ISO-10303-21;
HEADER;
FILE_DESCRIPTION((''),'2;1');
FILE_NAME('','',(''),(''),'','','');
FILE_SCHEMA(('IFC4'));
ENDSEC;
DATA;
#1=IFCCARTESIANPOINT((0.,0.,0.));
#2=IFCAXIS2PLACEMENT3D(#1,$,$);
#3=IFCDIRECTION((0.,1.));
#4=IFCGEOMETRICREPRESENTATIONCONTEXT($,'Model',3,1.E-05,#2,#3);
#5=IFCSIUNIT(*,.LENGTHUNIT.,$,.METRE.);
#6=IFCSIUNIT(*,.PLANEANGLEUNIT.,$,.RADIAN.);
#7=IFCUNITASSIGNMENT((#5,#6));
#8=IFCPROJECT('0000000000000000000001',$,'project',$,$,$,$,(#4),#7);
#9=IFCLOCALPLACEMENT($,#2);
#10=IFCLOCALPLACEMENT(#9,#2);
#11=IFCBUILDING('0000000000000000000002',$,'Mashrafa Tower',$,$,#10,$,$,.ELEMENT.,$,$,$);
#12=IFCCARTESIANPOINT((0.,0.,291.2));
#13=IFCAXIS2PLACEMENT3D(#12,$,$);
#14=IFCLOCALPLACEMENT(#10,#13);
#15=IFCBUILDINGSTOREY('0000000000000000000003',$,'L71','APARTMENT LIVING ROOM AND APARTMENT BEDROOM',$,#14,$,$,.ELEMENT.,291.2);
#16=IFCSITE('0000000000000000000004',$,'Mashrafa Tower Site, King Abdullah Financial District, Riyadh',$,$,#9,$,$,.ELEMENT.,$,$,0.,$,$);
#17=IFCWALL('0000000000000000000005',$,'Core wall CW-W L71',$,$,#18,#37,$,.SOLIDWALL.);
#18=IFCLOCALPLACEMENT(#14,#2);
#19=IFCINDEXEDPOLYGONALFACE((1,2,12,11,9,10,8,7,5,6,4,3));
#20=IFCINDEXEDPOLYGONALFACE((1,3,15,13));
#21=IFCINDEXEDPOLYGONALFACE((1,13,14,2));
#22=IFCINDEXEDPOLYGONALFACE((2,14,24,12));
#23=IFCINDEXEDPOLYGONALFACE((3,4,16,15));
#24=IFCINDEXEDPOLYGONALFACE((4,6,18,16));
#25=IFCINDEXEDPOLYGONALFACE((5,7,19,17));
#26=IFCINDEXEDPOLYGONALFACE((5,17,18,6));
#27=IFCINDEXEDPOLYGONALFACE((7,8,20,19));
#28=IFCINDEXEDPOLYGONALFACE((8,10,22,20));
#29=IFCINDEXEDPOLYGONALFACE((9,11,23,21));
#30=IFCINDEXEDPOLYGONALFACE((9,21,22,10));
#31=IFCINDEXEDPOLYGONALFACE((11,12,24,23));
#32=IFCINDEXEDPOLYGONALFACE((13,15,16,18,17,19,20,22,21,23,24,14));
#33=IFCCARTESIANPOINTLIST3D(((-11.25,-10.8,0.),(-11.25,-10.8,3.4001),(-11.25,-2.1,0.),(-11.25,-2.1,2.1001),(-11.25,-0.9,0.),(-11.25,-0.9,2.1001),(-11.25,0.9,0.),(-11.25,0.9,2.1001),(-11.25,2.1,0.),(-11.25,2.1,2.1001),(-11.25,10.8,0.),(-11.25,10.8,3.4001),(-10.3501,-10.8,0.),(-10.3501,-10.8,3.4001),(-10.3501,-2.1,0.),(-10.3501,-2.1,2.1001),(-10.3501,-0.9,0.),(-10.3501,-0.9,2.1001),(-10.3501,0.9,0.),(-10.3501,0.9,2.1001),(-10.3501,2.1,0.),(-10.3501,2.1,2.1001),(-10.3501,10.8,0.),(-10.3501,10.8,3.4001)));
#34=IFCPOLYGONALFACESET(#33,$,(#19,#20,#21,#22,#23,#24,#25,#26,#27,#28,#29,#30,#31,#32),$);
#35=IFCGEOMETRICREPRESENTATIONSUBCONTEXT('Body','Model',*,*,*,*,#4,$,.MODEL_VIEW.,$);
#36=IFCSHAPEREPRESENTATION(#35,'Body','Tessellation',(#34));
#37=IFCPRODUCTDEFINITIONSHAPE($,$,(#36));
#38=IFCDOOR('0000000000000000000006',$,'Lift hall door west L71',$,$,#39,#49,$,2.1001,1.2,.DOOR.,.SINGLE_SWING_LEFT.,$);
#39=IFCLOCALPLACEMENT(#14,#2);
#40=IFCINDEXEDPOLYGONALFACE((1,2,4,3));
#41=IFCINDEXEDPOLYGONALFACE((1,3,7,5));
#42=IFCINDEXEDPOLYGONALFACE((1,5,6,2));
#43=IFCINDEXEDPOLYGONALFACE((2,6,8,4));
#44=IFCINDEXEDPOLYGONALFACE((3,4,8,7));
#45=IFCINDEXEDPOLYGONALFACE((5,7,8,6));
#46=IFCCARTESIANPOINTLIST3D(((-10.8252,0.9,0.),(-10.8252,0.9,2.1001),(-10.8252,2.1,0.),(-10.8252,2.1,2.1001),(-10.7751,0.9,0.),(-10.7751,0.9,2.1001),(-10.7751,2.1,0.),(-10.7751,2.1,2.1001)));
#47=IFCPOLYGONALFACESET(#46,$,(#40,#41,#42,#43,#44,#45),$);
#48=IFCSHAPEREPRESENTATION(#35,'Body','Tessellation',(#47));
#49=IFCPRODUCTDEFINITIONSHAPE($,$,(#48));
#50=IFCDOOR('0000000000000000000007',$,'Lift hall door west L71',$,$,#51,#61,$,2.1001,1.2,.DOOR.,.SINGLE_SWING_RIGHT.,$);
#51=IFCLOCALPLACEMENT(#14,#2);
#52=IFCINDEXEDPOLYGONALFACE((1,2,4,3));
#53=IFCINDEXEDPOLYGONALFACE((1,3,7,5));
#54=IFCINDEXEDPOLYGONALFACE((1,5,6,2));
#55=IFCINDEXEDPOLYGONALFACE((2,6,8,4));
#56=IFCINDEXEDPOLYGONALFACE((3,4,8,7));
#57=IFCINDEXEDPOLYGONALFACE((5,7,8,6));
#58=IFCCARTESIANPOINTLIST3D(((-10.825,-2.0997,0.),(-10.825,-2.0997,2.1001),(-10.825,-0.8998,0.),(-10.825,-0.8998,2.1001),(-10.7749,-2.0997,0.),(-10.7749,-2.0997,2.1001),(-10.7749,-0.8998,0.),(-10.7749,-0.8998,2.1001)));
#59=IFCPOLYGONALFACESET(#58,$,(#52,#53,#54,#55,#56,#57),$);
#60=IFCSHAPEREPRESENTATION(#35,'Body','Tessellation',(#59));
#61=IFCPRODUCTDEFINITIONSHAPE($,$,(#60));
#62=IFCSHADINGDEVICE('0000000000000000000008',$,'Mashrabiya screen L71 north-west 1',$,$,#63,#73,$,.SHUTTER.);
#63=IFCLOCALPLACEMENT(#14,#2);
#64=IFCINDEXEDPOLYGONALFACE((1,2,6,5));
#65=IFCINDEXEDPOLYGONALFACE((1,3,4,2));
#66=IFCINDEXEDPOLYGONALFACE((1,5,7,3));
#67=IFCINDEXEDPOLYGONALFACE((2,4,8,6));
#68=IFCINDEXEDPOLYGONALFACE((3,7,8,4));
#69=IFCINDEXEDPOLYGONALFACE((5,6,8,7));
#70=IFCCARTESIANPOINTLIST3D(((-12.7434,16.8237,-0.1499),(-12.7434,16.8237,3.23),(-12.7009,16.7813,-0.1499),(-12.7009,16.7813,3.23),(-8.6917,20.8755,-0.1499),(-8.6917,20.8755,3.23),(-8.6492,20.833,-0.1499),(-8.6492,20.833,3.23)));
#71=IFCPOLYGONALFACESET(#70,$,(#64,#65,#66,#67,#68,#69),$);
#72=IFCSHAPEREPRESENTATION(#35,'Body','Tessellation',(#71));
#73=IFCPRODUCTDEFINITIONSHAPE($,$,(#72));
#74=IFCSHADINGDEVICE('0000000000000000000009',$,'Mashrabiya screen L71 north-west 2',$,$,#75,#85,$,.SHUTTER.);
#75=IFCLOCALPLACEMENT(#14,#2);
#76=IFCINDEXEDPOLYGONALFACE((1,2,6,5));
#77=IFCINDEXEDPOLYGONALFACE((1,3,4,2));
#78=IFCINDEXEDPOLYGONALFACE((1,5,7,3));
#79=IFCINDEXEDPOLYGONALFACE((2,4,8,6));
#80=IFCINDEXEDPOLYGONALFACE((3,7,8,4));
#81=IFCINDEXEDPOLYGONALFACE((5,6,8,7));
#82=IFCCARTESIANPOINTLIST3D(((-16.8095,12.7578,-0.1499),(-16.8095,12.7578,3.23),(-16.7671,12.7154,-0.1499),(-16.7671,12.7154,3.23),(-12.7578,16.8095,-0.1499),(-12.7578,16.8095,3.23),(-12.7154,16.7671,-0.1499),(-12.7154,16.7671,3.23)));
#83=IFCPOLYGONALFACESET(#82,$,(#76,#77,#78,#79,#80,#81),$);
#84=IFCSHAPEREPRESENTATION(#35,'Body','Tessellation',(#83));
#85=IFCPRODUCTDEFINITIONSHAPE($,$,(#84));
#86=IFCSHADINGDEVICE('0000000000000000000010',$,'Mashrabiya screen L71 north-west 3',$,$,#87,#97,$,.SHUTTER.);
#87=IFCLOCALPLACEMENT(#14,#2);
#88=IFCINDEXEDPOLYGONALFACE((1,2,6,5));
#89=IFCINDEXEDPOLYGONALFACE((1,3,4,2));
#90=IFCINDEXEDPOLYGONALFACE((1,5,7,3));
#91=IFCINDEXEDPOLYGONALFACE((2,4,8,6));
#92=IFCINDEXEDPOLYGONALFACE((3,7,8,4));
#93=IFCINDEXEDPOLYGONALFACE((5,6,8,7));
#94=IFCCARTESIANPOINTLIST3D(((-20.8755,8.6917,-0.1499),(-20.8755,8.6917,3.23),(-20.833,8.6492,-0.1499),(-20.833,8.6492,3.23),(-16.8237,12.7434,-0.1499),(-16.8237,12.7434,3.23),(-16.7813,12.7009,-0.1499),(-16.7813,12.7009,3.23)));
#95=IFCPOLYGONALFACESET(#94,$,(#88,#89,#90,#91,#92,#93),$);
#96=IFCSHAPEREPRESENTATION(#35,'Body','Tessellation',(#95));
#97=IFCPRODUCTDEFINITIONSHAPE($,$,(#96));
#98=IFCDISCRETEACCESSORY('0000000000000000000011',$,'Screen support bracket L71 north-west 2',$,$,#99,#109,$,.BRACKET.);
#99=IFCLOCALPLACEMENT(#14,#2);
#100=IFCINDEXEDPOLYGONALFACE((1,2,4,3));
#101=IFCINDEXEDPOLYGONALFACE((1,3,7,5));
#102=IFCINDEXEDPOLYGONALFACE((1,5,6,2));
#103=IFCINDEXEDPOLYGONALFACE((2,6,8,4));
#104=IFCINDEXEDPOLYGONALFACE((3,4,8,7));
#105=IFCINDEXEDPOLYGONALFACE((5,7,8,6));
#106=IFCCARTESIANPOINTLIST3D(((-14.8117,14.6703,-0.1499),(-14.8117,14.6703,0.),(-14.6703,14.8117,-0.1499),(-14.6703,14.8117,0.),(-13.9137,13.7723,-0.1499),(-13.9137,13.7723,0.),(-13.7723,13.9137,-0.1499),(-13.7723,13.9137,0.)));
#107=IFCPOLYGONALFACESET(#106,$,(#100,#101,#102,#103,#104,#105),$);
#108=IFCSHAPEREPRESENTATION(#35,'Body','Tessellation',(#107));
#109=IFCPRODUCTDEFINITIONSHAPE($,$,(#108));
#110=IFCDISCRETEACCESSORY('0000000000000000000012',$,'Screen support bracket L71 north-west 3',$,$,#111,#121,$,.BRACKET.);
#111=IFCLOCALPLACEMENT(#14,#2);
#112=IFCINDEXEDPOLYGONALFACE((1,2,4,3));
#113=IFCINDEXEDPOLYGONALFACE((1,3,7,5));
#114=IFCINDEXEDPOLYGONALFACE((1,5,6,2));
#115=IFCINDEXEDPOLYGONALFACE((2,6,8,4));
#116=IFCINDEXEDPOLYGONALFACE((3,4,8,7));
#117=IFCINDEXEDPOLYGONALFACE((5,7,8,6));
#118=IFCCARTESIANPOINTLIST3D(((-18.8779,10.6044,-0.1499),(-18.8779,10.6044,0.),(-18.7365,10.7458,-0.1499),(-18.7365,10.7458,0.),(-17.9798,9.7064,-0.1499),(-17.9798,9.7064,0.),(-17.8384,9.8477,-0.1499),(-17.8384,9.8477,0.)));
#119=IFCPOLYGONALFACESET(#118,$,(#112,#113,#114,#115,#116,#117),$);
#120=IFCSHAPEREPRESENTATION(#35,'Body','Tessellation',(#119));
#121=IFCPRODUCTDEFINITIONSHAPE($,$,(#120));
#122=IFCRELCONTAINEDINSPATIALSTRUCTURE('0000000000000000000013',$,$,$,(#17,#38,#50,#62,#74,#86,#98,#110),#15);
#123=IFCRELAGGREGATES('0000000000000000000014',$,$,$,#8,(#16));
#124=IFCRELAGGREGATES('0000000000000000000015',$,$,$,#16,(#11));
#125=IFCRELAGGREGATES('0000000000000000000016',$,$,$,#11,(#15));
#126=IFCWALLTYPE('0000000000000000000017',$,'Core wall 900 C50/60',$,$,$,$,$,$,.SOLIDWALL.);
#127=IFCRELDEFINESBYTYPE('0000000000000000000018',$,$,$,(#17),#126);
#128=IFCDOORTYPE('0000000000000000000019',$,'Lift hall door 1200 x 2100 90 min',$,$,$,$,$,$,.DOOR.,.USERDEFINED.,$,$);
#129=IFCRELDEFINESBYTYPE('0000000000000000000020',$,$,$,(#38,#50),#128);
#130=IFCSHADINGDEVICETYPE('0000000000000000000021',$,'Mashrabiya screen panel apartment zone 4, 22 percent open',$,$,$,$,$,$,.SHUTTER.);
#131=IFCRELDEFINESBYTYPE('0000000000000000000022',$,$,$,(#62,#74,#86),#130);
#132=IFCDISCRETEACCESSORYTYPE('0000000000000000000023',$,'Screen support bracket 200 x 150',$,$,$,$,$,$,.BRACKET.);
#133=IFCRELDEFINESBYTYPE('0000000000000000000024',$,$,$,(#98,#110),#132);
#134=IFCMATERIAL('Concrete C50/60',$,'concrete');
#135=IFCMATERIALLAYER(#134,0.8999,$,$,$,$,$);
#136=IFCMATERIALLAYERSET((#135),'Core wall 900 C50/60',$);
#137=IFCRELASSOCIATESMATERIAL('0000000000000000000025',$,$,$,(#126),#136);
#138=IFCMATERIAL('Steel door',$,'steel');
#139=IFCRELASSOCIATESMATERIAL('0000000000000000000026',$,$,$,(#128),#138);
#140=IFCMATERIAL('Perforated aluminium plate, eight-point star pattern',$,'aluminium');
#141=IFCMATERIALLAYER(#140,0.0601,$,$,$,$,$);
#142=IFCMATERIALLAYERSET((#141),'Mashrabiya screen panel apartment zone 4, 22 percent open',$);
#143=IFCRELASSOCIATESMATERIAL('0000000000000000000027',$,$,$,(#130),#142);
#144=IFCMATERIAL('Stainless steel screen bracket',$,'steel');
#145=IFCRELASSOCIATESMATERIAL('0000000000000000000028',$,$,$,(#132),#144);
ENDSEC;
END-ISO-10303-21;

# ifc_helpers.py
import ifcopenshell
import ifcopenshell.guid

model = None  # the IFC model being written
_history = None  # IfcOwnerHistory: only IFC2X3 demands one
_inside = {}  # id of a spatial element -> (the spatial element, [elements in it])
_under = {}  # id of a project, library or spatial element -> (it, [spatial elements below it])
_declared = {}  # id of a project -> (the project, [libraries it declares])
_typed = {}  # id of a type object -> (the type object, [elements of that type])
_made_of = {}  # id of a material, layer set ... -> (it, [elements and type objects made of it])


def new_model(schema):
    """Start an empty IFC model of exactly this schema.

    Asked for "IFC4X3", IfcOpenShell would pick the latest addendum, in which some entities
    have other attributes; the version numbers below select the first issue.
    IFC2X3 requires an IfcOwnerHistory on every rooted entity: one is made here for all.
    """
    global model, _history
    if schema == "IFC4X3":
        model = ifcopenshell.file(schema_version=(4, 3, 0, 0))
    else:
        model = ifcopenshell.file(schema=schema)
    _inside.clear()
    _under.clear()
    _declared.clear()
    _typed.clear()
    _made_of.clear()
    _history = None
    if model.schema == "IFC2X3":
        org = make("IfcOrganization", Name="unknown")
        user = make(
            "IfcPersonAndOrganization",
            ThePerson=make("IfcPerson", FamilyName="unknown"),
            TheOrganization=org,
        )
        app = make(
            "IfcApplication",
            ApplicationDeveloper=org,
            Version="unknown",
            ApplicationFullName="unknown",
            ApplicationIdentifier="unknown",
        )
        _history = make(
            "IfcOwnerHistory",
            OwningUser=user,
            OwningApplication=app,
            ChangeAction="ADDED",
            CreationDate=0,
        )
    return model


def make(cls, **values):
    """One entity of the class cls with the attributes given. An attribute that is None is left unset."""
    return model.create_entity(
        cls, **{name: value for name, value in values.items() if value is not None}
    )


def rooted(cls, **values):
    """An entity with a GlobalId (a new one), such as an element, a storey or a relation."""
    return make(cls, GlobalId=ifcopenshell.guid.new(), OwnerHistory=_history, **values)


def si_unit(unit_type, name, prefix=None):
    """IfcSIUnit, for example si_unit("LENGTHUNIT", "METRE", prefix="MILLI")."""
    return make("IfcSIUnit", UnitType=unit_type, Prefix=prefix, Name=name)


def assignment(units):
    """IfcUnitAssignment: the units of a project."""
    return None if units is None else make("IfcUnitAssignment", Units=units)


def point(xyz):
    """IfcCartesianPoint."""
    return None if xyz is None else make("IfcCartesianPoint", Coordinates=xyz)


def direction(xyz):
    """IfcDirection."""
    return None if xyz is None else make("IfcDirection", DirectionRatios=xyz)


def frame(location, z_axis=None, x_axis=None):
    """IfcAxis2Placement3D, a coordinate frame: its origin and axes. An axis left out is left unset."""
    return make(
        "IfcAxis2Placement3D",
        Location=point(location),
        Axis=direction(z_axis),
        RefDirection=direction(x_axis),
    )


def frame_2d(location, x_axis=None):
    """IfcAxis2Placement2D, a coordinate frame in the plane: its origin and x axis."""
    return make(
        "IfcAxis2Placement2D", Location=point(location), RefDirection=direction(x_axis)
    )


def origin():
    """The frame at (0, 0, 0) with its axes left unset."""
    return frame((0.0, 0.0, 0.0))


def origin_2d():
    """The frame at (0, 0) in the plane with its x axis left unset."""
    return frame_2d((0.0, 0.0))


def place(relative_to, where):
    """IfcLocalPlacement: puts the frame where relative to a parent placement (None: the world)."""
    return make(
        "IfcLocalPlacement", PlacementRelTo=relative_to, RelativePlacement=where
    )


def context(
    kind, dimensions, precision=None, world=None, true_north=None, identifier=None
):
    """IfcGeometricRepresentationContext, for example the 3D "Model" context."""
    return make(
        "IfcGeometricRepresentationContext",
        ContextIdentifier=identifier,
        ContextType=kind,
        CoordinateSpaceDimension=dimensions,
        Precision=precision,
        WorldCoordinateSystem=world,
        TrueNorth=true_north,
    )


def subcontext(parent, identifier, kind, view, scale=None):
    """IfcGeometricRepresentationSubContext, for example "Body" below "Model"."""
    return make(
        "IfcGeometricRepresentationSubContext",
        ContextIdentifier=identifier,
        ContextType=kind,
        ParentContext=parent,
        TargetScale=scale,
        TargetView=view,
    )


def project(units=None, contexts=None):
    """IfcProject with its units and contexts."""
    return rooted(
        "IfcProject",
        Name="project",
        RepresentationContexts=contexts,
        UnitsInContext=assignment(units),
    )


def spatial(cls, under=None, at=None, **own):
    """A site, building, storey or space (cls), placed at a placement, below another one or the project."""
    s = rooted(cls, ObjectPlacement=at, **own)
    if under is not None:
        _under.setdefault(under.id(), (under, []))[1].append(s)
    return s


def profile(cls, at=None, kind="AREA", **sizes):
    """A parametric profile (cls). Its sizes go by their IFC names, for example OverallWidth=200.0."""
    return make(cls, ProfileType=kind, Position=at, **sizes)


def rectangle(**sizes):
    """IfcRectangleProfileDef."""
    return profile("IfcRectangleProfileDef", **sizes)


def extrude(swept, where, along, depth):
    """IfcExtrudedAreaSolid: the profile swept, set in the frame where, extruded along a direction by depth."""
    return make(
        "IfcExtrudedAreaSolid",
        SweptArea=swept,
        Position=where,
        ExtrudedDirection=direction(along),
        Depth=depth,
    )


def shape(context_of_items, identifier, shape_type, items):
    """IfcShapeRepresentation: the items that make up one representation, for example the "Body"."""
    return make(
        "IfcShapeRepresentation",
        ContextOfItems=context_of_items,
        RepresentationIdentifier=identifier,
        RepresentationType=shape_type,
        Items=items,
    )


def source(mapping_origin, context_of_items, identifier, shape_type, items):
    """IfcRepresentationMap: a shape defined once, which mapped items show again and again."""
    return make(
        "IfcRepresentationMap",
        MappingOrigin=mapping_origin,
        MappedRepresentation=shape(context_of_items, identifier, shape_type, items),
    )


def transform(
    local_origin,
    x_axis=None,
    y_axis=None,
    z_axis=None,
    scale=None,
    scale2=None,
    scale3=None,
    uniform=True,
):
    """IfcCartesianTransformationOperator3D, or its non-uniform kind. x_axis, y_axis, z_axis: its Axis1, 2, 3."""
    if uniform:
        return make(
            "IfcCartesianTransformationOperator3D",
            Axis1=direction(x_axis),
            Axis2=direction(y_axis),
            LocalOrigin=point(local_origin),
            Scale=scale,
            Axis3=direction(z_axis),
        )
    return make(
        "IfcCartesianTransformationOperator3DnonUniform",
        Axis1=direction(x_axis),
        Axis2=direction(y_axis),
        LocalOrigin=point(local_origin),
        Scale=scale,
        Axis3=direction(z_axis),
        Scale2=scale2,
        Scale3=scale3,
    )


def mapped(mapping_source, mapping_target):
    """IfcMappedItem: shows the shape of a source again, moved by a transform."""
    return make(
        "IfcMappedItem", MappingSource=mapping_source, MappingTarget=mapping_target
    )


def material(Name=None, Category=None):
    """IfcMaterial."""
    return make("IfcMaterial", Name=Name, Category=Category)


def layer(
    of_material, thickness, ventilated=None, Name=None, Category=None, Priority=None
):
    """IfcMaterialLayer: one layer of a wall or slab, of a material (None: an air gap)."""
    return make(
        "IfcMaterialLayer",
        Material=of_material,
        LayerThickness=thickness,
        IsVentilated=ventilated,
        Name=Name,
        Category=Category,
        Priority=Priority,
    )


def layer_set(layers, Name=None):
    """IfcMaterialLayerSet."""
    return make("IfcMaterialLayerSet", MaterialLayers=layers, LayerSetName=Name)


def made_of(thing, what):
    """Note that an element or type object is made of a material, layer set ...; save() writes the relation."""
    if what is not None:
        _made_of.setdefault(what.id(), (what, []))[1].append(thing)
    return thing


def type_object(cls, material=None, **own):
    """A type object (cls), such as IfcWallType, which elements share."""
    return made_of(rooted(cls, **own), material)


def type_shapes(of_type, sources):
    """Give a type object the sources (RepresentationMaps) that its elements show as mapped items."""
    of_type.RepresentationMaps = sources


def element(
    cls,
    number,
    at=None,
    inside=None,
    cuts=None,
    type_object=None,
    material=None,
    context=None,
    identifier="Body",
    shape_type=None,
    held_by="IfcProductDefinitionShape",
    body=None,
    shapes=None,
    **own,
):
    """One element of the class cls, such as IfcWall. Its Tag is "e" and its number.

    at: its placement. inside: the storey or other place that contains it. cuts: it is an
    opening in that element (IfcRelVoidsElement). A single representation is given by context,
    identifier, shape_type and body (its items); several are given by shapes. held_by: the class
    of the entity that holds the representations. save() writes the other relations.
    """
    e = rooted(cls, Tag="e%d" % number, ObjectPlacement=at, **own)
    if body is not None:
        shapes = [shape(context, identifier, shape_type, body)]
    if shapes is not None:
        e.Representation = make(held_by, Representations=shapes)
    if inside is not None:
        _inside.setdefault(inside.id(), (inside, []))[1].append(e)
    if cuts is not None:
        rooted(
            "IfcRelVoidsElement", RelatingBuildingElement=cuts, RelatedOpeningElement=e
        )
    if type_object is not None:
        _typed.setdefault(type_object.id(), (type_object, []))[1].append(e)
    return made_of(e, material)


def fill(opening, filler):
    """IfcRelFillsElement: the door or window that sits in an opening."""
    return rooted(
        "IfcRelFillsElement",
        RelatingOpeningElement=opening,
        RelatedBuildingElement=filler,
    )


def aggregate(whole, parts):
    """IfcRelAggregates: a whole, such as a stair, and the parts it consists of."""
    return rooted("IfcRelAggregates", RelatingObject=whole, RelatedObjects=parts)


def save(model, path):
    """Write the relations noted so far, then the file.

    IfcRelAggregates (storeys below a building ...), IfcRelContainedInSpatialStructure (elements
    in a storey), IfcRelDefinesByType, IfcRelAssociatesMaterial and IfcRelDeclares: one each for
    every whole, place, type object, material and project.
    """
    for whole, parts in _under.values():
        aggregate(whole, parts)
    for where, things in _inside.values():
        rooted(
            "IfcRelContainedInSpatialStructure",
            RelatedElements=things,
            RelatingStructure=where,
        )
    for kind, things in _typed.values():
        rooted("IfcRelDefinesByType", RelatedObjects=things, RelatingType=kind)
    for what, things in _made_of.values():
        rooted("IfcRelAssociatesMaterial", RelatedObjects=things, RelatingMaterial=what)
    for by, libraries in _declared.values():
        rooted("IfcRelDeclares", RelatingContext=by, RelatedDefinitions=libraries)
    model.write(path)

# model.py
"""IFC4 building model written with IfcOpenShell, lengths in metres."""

from ifc_helpers import new_model, si_unit, direction, frame, frame_2d, origin, origin_2d, place, context, subcontext, project, spatial, rectangle, extrude, source, transform, mapped, material, layer, layer_set, type_object, type_shapes, element, fill, save


model = new_model("IFC4")

# Units and contexts
model_context = context("Model", 3, precision=1e-05, world=origin(), true_north=direction((0.0, 1.0)))
body_context = subcontext(model_context, "Body", "Model", "MODEL_VIEW")
ifc_project = project(units=[si_unit("LENGTHUNIT", "METRE"), si_unit("PLANEANGLEUNIT", "RADIAN")], contexts=[model_context])

# Site, building, storey
site_placement = place(None, origin())
site = spatial("IfcSite", under=ifc_project, at=site_placement, Name="Mashrafa Tower Site, King Abdullah Financial District, Riyadh", CompositionType="ELEMENT", RefElevation=0.0)
building_placement = place(site_placement, origin())
building = spatial("IfcBuilding", under=site, at=building_placement, Name="Mashrafa Tower", CompositionType="ELEMENT")
storey_placement = place(building_placement, frame((0.0, 0.0, 291.2)))
storey = spatial("IfcBuildingStorey", under=building, at=storey_placement, Name="L71", Description="APARTMENT LIVING ROOM AND APARTMENT BEDROOM", CompositionType="ELEMENT", Elevation=291.2)

# Wall, openings, doors
ifc_material_1 = material(Name="Concrete C50/60", Category="concrete")
ifc_layer_1 = layer(ifc_material_1, 0.8999)
ifc_layer_set_1 = layer_set([ifc_layer_1], Name="Core wall 900 C50/60")
wall_type_1 = type_object("IfcWallType", Name="Core wall 900 C50/60", PredefinedType="SOLIDWALL", material=ifc_layer_set_1)
wall_1_placement = place(storey_placement, frame((-10.8, 10.8, 0.0), z_axis=(0.0, 0.0, 1.0), x_axis=(0.0, -1.0, 0.0)))
wall_1 = element("IfcWall", 1, at=wall_1_placement, inside=storey, type_object=wall_type_1, Name="Core wall CW-W L71", PredefinedType="SOLIDWALL", context=body_context, shape_type="SweptSolid", body=[
    extrude(rectangle(XDim=21.6001, YDim=0.8999, at=frame_2d((10.8, 0.0))), origin(), (0.0, 0.0, 1.0), 3.4001),
])
opening_1_placement = place(wall_1_placement, frame((8.7, 0.0, 0.0)))
opening_1 = element("IfcOpeningElement", 2, at=opening_1_placement, cuts=wall_1, PredefinedType="OPENING", context=body_context, shape_type="SweptSolid", body=[
    extrude(rectangle(XDim=1.2, YDim=2.1001, at=frame_2d((0.6001, 1.05))), frame((0.0, 0.46, 0.0), z_axis=(0.0, -1.0, 0.0), x_axis=(1.0, 0.0, 0.0)), (0.0, 0.0, 1.0), 0.9199),
])
opening_2_placement = place(wall_1_placement, frame((11.7, 0.0, 0.0)))
opening_2 = element("IfcOpeningElement", 3, at=opening_2_placement, cuts=wall_1, PredefinedType="OPENING", context=body_context, shape_type="SweptSolid", body=[
    extrude(rectangle(XDim=1.2, YDim=2.1001, at=frame_2d((0.6001, 1.05))), frame((0.0, 0.46, 0.0), z_axis=(0.0, -1.0, 0.0), x_axis=(1.0, 0.0, 0.0)), (0.0, 0.0, 1.0), 0.9199),
])
ifc_material_2 = material(Name="Steel door", Category="steel")
door_type = type_object("IfcDoorType", Name="Lift hall door 1200 x 2100 90 min", OperationType="USERDEFINED", PredefinedType="DOOR", material=ifc_material_2)
door_1_placement = place(opening_1_placement, origin())
door_1 = element("IfcDoor", 4, at=door_1_placement, inside=storey, type_object=door_type, Name="Lift hall door west L71", OperationType="SINGLE_SWING_LEFT", OverallHeight=2.1001, OverallWidth=1.2, PredefinedType="DOOR", context=body_context, shape_type="SweptSolid", body=[
    extrude(rectangle(XDim=1.2, YDim=2.1001, at=frame_2d((0.6001, 1.05))), frame((0.0, 0.0249, 0.0), z_axis=(0.0, -1.0, 0.0), x_axis=(1.0, 0.0, 0.0)), (0.0, 0.0, 1.0), 0.05),
])
fill(opening_1, door_1)
door_2_placement = place(opening_2_placement, frame((1.2, 0.0, 0.0), z_axis=(0.0, 0.0, 1.0), x_axis=(-1.0, 0.0, 0.0)))
door_2 = element("IfcDoor", 5, at=door_2_placement, inside=storey, type_object=door_type, Name="Lift hall door west L71", OperationType="SINGLE_SWING_RIGHT", OverallHeight=2.1001, OverallWidth=1.2, PredefinedType="DOOR", context=body_context, shape_type="SweptSolid", body=[
    extrude(rectangle(XDim=1.2, YDim=2.1001, at=frame_2d((0.6001, 1.05))), frame((0.0, 0.0249, 0.0), z_axis=(0.0, -1.0, 0.0), x_axis=(1.0, 0.0, 0.0)), (0.0, 0.0, 1.0), 0.05),
])
fill(opening_2, door_2)

# Shading devices
ifc_material_3 = material(Name="Perforated aluminium plate, eight-point star pattern", Category="aluminium")
ifc_layer_2 = layer(ifc_material_3, 0.0601)
ifc_layer_set_2 = layer_set([ifc_layer_2], Name="Mashrabiya screen panel apartment zone 4, 22 percent open")
shading_device_type = type_object("IfcShadingDeviceType", Name="Mashrabiya screen panel apartment zone 4, 22 percent open", PredefinedType="SHUTTER", material=ifc_layer_set_2)
shared_shape_1 = source(origin(), body_context, "Body", "SweptSolid", [
    extrude(rectangle(XDim=5.73, YDim=0.0601, at=origin_2d()), origin(), (0.0, 0.0, 1.0), 3.3799),
])
type_shapes(shading_device_type, [shared_shape_1])
for number, where, z_axis, x_axis, name in (
    (6, (-10.6963, 18.8284, -0.1499), (0.0, 0.0, 1.0), (-0.707107, -0.707107, 0.0), "Mashrabiya screen L71 north-west 1"),
    (7, (-14.7625, 14.7625, -0.1499), (0.0, 0.0, 1.0), (-0.707107, -0.707107, 0.0), "Mashrabiya screen L71 north-west 2"),
    (8, (-18.8284, 10.6963, -0.1499), (0.0, 0.0, 1.0), (-0.707107, -0.707107, 0.0), "Mashrabiya screen L71 north-west 3"),
):
    element("IfcShadingDevice", number, at=place(storey_placement, frame(where, z_axis=z_axis, x_axis=x_axis)), inside=storey, type_object=shading_device_type, Name=name, PredefinedType="SHUTTER", context=body_context, shape_type="MappedRepresentation", body=[
        mapped(shared_shape_1, transform((0.0, 0.0, 0.0))),
    ])

# Discrete accessories
ifc_material_4 = material(Name="Stainless steel screen bracket", Category="steel")
discrete_accessory_type = type_object("IfcDiscreteAccessoryType", Name="Screen support bracket 200 x 150", PredefinedType="BRACKET", material=ifc_material_4)
shared_shape_2 = source(origin(), body_context, "Body", "SweptSolid", [
    extrude(rectangle(XDim=0.2, YDim=1.27, at=origin_2d()), origin(), (0.0, 0.0, 1.0), 0.1499),
])
type_shapes(discrete_accessory_type, [shared_shape_2])
for number, where, z_axis, x_axis, name in (
    (9, (-14.292, 14.292, -0.1499), (0.0, 0.0, 1.0), (-0.707107, -0.707107, 0.0), "Screen support bracket L71 north-west 2"),
    (10, (-18.3582, 10.2261, -0.1499), (0.0, 0.0, 1.0), (-0.707107, -0.707107, 0.0), "Screen support bracket L71 north-west 3"),
):
    element("IfcDiscreteAccessory", number, at=place(storey_placement, frame(where, z_axis=z_axis, x_axis=x_axis)), inside=storey, type_object=discrete_accessory_type, Name=name, PredefinedType="BRACKET", context=body_context, shape_type="MappedRepresentation", body=[
        mapped(shared_shape_2, transform((0.0, 0.0, 0.0))),
    ])

save(model, "model.ifc")
